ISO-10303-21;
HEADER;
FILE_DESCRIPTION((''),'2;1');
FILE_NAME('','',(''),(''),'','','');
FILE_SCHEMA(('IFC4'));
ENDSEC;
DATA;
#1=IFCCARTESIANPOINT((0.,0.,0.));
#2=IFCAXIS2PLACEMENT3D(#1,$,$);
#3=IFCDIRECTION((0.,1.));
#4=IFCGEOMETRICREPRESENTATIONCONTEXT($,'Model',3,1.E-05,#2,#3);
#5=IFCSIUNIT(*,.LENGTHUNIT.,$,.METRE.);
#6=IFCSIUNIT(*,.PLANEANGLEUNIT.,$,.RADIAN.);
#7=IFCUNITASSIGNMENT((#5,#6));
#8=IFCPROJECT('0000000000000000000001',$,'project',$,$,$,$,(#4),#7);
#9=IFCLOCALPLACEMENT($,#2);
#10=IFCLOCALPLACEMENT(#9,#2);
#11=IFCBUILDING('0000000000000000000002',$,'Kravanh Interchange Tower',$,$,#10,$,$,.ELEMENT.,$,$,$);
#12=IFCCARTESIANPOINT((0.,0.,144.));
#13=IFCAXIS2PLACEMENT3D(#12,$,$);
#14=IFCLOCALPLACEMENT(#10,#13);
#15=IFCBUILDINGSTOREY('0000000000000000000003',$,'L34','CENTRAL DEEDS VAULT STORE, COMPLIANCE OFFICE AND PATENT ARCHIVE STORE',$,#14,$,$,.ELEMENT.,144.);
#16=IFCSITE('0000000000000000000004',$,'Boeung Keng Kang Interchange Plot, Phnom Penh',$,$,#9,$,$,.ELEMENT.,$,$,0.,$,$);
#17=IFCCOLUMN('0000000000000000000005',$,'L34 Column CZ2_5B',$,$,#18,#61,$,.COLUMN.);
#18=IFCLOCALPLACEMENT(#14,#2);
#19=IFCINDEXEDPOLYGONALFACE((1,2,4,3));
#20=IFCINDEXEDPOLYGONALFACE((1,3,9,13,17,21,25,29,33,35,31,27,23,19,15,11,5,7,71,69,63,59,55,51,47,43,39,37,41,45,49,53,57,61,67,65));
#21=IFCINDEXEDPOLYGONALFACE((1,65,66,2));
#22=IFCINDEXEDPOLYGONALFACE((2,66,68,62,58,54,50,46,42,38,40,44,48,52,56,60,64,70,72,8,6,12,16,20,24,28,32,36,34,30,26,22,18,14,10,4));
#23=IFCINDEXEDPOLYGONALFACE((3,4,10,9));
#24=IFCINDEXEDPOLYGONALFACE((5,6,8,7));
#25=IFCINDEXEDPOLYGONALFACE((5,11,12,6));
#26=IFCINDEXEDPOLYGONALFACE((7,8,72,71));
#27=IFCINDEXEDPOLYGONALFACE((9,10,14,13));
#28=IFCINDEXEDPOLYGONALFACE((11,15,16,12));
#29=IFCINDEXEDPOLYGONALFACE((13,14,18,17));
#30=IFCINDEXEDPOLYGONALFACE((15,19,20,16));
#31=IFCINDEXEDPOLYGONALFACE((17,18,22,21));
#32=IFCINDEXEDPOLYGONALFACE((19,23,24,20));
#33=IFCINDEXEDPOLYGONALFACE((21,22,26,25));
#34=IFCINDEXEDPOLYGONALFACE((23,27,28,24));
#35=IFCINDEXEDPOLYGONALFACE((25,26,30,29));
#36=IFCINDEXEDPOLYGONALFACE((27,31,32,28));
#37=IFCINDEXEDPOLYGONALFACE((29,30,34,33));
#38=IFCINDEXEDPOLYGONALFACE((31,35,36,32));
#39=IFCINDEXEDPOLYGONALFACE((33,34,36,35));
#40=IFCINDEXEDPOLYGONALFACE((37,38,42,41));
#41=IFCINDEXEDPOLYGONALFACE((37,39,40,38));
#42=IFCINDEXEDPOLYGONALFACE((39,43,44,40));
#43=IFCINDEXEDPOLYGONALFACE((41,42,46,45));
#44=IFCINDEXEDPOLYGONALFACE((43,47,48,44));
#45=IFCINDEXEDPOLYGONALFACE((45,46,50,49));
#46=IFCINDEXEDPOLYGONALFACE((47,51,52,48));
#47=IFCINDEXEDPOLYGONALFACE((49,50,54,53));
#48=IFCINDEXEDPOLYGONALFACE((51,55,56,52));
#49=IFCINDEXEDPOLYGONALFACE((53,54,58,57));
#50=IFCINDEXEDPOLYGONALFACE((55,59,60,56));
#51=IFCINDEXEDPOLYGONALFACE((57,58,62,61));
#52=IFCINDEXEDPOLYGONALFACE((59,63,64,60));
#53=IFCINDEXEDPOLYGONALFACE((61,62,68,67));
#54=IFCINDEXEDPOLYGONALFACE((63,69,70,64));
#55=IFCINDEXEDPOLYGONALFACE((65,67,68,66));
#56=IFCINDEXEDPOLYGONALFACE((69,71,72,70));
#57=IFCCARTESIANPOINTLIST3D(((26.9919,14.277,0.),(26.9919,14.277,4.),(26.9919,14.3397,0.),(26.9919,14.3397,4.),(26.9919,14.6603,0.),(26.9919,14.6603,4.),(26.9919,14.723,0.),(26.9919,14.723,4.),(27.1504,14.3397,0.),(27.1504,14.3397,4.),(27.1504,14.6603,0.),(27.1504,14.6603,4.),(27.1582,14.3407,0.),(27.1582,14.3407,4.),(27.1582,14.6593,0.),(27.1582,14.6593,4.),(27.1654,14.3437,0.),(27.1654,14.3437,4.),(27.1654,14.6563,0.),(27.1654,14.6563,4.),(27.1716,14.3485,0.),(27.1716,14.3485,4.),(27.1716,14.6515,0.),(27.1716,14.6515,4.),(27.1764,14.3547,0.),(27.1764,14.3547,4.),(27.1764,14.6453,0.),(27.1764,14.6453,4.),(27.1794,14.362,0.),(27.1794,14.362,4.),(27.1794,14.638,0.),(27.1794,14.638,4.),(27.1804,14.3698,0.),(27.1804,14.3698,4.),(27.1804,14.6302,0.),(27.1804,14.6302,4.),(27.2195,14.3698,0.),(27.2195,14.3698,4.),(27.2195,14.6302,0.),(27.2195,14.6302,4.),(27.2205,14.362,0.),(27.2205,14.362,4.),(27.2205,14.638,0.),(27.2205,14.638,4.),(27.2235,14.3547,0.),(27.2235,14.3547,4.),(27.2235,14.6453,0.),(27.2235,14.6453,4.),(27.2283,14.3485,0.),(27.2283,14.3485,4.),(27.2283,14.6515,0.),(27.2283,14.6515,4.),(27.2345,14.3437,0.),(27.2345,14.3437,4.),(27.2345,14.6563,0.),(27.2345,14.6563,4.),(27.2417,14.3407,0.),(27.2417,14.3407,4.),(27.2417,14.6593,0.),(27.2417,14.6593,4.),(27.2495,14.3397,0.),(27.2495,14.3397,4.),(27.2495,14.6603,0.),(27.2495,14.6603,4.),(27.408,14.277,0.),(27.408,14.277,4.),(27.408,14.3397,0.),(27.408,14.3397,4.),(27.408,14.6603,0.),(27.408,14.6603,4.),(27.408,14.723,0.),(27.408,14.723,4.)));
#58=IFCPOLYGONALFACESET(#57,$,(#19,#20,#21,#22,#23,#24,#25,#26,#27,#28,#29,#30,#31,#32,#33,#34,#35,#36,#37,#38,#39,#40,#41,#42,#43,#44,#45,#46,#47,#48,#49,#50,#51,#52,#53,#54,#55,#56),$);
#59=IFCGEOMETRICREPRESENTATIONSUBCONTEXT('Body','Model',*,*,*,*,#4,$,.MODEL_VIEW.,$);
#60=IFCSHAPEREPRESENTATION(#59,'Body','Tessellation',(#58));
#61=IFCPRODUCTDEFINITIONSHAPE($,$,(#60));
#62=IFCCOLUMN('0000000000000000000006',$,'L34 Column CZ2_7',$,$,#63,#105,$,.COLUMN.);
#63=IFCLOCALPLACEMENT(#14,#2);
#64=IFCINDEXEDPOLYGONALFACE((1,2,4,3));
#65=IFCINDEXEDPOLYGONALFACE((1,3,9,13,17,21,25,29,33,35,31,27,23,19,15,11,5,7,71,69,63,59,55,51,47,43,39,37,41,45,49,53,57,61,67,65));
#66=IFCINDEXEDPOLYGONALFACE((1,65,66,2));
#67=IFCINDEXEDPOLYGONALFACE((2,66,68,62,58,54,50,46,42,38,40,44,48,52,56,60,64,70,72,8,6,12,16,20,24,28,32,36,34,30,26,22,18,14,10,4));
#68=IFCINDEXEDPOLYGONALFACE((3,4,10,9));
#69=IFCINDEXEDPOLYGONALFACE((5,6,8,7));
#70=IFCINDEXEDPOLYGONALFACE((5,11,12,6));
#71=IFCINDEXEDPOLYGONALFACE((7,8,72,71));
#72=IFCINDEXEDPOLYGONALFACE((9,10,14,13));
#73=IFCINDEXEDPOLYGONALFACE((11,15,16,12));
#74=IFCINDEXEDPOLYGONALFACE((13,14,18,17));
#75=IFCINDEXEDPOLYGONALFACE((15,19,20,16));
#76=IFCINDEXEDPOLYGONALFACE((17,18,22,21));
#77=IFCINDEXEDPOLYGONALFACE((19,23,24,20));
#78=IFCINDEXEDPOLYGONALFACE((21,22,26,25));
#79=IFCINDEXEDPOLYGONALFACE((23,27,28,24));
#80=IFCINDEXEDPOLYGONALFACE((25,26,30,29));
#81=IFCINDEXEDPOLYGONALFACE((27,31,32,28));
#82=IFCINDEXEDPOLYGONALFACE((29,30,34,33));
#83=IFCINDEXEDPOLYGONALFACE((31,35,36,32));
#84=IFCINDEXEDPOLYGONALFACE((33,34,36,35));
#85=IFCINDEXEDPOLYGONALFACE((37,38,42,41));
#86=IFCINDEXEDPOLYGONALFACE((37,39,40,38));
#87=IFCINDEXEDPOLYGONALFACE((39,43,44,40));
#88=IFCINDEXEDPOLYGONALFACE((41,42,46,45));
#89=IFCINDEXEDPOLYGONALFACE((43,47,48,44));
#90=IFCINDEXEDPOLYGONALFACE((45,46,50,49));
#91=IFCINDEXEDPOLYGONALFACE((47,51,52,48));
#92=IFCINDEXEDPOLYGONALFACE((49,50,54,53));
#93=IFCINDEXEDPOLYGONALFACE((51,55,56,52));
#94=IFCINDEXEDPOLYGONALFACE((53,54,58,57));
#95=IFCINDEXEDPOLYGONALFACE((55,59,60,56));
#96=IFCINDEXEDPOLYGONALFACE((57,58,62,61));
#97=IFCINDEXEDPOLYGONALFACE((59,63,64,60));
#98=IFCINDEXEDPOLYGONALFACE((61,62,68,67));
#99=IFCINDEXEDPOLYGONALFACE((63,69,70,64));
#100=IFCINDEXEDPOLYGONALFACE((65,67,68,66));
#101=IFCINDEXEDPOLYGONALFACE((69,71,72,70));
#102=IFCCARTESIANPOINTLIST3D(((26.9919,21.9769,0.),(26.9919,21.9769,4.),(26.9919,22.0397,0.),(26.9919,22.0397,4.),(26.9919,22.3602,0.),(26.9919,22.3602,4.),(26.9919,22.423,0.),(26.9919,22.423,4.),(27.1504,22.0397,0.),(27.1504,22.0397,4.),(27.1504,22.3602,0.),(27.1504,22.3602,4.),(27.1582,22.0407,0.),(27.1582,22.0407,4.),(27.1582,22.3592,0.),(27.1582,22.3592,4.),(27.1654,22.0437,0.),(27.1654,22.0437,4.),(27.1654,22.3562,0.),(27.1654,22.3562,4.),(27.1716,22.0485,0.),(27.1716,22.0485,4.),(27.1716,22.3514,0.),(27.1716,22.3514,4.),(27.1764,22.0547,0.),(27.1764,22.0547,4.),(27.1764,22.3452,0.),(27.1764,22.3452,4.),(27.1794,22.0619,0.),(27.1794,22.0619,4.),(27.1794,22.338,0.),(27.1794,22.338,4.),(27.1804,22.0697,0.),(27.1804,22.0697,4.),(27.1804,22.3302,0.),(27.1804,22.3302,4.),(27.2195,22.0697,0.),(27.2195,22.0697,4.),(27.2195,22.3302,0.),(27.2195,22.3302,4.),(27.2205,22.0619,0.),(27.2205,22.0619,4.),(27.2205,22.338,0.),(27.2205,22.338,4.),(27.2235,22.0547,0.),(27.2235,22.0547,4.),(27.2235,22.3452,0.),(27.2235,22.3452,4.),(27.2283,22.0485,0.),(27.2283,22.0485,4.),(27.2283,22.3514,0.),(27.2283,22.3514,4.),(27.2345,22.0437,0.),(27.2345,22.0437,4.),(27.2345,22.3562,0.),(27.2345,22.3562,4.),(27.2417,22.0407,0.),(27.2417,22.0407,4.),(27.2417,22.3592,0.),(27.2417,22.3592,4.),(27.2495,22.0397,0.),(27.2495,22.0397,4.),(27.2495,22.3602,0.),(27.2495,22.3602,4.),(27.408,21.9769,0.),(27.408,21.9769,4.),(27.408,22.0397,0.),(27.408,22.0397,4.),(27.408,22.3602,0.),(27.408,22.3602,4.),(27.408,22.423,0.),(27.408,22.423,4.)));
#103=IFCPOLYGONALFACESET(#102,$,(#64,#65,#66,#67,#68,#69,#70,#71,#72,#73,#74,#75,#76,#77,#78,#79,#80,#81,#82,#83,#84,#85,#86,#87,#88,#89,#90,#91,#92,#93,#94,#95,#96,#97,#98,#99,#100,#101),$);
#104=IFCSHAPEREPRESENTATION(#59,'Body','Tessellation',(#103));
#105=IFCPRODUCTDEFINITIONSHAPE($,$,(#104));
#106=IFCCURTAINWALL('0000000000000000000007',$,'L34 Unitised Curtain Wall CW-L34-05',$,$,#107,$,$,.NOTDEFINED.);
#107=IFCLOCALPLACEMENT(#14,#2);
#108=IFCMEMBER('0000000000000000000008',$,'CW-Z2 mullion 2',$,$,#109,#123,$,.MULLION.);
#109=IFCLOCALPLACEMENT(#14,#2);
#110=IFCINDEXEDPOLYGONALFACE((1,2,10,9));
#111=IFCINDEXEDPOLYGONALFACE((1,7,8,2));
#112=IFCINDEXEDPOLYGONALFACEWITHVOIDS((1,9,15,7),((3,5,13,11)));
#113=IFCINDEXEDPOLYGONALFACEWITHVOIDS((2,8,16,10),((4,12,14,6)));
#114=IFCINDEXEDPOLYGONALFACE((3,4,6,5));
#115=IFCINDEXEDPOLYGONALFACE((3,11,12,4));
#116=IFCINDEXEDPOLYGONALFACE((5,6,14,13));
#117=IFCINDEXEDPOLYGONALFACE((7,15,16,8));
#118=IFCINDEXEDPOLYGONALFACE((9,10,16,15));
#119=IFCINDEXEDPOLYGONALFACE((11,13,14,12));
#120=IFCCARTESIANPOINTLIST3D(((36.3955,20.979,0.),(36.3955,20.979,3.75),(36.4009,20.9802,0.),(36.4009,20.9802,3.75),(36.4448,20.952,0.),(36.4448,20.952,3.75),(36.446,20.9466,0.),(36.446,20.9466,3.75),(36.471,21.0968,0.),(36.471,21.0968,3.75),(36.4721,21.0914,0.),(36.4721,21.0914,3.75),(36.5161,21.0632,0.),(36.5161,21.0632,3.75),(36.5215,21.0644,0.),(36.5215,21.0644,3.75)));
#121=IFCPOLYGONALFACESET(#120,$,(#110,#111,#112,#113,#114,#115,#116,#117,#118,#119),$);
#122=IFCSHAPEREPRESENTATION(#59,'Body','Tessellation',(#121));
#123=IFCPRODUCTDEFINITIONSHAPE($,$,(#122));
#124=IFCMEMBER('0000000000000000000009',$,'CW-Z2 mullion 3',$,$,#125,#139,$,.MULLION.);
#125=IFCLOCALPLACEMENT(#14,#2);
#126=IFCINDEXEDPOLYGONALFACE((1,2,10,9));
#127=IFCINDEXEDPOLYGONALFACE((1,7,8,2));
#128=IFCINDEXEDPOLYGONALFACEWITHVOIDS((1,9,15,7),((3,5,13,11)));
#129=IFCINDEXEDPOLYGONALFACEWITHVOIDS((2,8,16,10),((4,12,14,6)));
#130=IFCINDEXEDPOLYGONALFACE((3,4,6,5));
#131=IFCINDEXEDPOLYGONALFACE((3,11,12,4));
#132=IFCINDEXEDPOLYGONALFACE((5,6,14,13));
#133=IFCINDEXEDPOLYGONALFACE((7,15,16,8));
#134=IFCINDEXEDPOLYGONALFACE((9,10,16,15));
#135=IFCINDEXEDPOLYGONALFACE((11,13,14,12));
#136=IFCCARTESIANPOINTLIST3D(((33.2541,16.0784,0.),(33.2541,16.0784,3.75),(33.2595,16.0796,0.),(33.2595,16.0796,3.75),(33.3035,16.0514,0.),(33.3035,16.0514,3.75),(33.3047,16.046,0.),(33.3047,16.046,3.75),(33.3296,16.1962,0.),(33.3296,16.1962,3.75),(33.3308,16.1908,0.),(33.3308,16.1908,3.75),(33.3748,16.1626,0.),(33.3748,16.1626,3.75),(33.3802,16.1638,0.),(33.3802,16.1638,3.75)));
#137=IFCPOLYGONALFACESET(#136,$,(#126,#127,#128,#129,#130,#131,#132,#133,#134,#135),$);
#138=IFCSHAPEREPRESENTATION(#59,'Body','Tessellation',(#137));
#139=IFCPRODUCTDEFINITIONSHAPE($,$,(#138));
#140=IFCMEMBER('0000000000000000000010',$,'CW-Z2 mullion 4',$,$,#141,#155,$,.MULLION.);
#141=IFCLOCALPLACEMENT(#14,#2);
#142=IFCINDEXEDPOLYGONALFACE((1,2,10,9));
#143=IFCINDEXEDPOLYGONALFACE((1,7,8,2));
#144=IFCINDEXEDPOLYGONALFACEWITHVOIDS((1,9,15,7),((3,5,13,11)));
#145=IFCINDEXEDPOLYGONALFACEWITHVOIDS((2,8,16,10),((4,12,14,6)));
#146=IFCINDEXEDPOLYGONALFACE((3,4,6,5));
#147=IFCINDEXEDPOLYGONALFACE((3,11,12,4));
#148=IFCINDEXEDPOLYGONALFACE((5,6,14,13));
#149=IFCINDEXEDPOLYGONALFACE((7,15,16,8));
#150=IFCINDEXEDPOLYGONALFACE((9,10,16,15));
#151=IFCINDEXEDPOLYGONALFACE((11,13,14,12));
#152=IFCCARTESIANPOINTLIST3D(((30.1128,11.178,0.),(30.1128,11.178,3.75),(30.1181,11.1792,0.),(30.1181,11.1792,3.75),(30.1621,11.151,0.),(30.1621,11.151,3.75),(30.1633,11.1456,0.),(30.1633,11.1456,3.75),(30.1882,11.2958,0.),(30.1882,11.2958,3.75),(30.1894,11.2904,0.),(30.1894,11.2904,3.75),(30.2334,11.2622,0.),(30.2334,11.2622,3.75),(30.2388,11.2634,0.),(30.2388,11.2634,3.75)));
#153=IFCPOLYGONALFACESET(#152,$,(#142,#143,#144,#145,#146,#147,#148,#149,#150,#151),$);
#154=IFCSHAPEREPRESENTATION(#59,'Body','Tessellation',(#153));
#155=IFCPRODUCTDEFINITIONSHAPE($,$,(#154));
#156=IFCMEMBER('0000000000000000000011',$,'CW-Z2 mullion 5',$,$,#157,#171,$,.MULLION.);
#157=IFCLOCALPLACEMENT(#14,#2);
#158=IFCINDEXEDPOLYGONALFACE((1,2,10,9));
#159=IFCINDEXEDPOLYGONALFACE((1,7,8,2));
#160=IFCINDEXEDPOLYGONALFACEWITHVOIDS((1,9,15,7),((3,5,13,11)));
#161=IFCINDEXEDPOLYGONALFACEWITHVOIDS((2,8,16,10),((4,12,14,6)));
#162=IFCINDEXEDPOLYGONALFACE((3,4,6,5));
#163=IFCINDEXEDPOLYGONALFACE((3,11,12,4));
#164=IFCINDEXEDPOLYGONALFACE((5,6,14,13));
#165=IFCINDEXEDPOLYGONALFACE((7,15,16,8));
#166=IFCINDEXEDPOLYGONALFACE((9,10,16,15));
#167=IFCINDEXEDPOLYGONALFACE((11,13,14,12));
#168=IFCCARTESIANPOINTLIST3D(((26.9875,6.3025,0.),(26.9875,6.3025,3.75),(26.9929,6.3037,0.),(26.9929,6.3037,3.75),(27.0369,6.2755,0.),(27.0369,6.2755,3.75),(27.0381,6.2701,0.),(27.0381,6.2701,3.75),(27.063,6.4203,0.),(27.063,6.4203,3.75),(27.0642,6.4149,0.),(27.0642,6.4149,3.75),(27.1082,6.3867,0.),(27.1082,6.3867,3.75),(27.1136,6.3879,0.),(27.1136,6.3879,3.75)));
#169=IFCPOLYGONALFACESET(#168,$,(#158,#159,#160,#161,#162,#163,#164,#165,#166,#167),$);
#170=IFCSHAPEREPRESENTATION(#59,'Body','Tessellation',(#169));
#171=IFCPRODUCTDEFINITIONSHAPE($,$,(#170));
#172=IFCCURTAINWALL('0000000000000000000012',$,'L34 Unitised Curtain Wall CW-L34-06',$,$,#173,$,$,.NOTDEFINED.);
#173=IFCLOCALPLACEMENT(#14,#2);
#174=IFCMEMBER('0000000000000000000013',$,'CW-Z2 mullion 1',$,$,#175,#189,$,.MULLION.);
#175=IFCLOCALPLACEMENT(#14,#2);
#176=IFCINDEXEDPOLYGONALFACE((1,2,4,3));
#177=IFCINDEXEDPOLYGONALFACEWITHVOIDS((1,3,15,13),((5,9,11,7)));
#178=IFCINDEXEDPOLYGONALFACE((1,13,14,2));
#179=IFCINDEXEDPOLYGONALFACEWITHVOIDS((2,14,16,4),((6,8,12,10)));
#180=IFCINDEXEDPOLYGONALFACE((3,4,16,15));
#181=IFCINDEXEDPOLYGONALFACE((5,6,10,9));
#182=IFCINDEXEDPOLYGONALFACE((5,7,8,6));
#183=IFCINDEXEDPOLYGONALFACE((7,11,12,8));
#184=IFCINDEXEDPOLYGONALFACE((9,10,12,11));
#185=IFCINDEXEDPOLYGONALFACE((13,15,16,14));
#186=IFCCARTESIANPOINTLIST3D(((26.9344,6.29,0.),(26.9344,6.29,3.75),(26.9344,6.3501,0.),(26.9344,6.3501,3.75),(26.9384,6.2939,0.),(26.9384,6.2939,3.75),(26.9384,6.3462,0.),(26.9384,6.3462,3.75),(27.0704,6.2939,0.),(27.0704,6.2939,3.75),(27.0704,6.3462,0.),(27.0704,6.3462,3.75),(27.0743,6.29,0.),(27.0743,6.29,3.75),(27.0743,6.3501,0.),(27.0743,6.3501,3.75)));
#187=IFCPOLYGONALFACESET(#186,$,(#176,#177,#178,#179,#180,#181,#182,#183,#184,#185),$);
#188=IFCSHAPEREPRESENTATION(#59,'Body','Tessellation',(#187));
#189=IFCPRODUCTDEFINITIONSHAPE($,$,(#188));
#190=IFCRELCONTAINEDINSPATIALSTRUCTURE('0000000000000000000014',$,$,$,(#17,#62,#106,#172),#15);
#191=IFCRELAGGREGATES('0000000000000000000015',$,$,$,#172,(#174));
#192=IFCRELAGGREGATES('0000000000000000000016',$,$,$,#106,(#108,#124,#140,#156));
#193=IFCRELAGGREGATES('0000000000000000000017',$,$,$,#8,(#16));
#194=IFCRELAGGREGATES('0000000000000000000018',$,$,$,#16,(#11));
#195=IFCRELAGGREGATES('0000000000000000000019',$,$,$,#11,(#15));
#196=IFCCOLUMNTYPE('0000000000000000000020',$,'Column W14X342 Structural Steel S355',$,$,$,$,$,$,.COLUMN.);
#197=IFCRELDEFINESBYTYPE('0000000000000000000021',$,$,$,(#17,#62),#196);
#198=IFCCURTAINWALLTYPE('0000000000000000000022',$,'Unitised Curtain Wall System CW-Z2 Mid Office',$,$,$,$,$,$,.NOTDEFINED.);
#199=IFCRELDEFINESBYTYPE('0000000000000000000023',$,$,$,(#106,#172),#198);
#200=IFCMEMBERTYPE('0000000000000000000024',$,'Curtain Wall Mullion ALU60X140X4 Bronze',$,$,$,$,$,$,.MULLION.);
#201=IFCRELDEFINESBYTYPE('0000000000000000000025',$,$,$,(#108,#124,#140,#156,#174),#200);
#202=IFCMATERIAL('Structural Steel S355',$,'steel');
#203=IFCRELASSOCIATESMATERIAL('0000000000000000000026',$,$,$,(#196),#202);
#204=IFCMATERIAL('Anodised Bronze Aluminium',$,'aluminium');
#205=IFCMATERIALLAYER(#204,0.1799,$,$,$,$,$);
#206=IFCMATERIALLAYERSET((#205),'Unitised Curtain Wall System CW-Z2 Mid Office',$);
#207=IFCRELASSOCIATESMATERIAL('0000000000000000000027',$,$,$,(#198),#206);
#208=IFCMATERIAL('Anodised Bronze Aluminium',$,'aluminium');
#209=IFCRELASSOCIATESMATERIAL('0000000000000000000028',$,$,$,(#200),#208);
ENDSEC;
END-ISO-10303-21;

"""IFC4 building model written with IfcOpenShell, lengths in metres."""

from ifc_helpers import new_model, si_unit, direction, frame, origin, origin_2d, place, context, subcontext, project, spatial, hollow_rectangle, i_section, extrude, material, layer, layer_set, material_profile, profile_set, type_object, element, aggregate, save


model = new_model("IFC4")

# Units and contexts
model_context = context("Model", 3, precision=1e-05, world=origin(), true_north=direction((0.0, 1.0)))
body_context = subcontext(model_context, "Body", "Model", "MODEL_VIEW")
ifc_project = project(units=[si_unit("LENGTHUNIT", "METRE"), si_unit("PLANEANGLEUNIT", "RADIAN")], contexts=[model_context])

# Site, building, storey
site_placement = place(None, origin())
site = spatial("IfcSite", under=ifc_project, at=site_placement, Name="Boeung Keng Kang Interchange Plot, Phnom Penh", CompositionType="ELEMENT", RefElevation=0.0)
building_placement = place(site_placement, origin())
building = spatial("IfcBuilding", under=site, at=building_placement, Name="Kravanh Interchange Tower", CompositionType="ELEMENT")
storey_placement = place(building_placement, frame((0.0, 0.0, 144.0)))
storey = spatial("IfcBuildingStorey", under=building, at=storey_placement, Name="L34", Description="CENTRAL DEEDS VAULT STORE, COMPLIANCE OFFICE AND PATENT ARCHIVE STORE", CompositionType="ELEMENT", Elevation=144.0)

# Columns
ifc_material_1 = material(Name="Structural Steel S355", Category="steel")
ifc_material_profile_1 = material_profile(ifc_material_1, i_section(OverallWidth=0.416, OverallDepth=0.446, WebThickness=0.0391, FlangeThickness=0.0627, FilletRadius=0.03, at=origin_2d()), Name="W14X342")
ifc_profile_set_1 = profile_set([ifc_material_profile_1], Name="Structural Steel S355")
column_type = type_object("IfcColumnType", Name="Column W14X342 Structural Steel S355", PredefinedType="COLUMN", material=ifc_profile_set_1)
for number, where, z_axis, x_axis, name in (
    (1, (27.2, 14.5, 0.0), (0.0, 0.0, 1.0), (1.0, 0.0, 0.0), "L34 Column CZ2_5B"),
    (2, (27.2, 22.2, 0.0), (0.0, 0.0, 1.0), (1.0, 0.0, 0.0), "L34 Column CZ2_7"),
):
    element("IfcColumn", number, at=place(storey_placement, frame(where, z_axis=z_axis, x_axis=x_axis)), inside=storey, type_object=column_type, Name=name, PredefinedType="COLUMN", context=body_context, shape_type="SweptSolid", body=[
        extrude(i_section(OverallWidth=0.416, OverallDepth=0.446, WebThickness=0.0391, FlangeThickness=0.0627, FilletRadius=0.03, at=origin_2d()), origin(), (0.0, 0.0, 1.0), 4.0),
    ])

# Curtain wall, members
ifc_material_2 = material(Name="Anodised Bronze Aluminium", Category="aluminium")
ifc_layer_1 = layer(ifc_material_2, 0.1799)
ifc_layer_set_1 = layer_set([ifc_layer_1], Name="Unitised Curtain Wall System CW-Z2 Mid Office")
curtain_wall_type = type_object("IfcCurtainWallType", Name="Unitised Curtain Wall System CW-Z2 Mid Office", PredefinedType="NOTDEFINED", material=ifc_layer_set_1)
curtain_wall_1_placement = place(storey_placement, origin())
curtain_wall_1 = element("IfcCurtainWall", 3, at=curtain_wall_1_placement, inside=storey, type_object=curtain_wall_type, Name="L34 Unitised Curtain Wall CW-L34-05", PredefinedType="NOTDEFINED")
ifc_material_3 = material(Name="Anodised Bronze Aluminium", Category="aluminium")
ifc_material_profile_2 = material_profile(ifc_material_3, hollow_rectangle(XDim=0.0601, YDim=0.1399, WallThickness=0.0039, at=origin_2d()), Name="ALU60X140X4")
ifc_profile_set_2 = profile_set([ifc_material_profile_2], Name="Anodised Bronze Aluminium")
member_type_1 = type_object("IfcMemberType", Name="Curtain Wall Mullion ALU60X140X4 Bronze", PredefinedType="MULLION", material=ifc_profile_set_2)
member_1_placement = place(storey_placement, frame((36.4585, 21.0217, 0.0), z_axis=(0.0, 0.0, 1.0), x_axis=(0.84188, -0.539665, 0.0)))
member_1 = element("IfcMember", 4, at=member_1_placement, type_object=member_type_1, Name="CW-Z2 mullion 2", PredefinedType="MULLION", context=body_context, shape_type="SweptSolid", body=[
    extrude(hollow_rectangle(XDim=0.0601, YDim=0.1399, WallThickness=0.0039, at=origin_2d()), origin(), (0.0, 0.0, 1.0), 3.75),
])
member_2_placement = place(storey_placement, frame((33.3171, 16.1211, 0.0), z_axis=(0.0, 0.0, 1.0), x_axis=(0.84188, -0.539665, 0.0)))
member_2 = element("IfcMember", 5, at=member_2_placement, type_object=member_type_1, Name="CW-Z2 mullion 3", PredefinedType="MULLION", context=body_context, shape_type="SweptSolid", body=[
    extrude(hollow_rectangle(XDim=0.0601, YDim=0.1399, WallThickness=0.0039, at=origin_2d()), origin(), (0.0, 0.0, 1.0), 3.75),
])
member_3_placement = place(storey_placement, frame((30.1758, 11.2207, 0.0), z_axis=(0.0, 0.0, 1.0), x_axis=(0.84188, -0.539665, 0.0)))
member_3 = element("IfcMember", 6, at=member_3_placement, type_object=member_type_1, Name="CW-Z2 mullion 4", PredefinedType="MULLION", context=body_context, shape_type="SweptSolid", body=[
    extrude(hollow_rectangle(XDim=0.0601, YDim=0.1399, WallThickness=0.0039, at=origin_2d()), origin(), (0.0, 0.0, 1.0), 3.75),
])
member_4_placement = place(storey_placement, frame((27.0505, 6.3452, 0.0), z_axis=(0.0, 0.0, 1.0), x_axis=(0.84188, -0.539665, 0.0)))
member_4 = element("IfcMember", 7, at=member_4_placement, type_object=member_type_1, Name="CW-Z2 mullion 5", PredefinedType="MULLION", context=body_context, shape_type="SweptSolid", body=[
    extrude(hollow_rectangle(XDim=0.0601, YDim=0.1399, WallThickness=0.0039, at=origin_2d()), origin(), (0.0, 0.0, 1.0), 3.75),
])

# Curtain wall, member
curtain_wall_2_placement = place(storey_placement, origin())
curtain_wall_2 = element("IfcCurtainWall", 8, at=curtain_wall_2_placement, inside=storey, type_object=curtain_wall_type, Name="L34 Unitised Curtain Wall CW-L34-06", PredefinedType="NOTDEFINED")
member_5_placement = place(storey_placement, frame((27.0044, 6.3201, 0.0), z_axis=(0.0, 0.0, 1.0), x_axis=(0.0, -1.0, 0.0)))
member_5 = element("IfcMember", 9, at=member_5_placement, type_object=member_type_1, Name="CW-Z2 mullion 1", PredefinedType="MULLION", context=body_context, shape_type="SweptSolid", body=[
    extrude(hollow_rectangle(XDim=0.0601, YDim=0.1399, WallThickness=0.0039, at=origin_2d()), origin(), (0.0, 0.0, 1.0), 3.75),
])

aggregate(curtain_wall_2, [member_5])

aggregate(curtain_wall_1, [member_1, member_2, member_3, member_4])

save(model, "model.ifc")
